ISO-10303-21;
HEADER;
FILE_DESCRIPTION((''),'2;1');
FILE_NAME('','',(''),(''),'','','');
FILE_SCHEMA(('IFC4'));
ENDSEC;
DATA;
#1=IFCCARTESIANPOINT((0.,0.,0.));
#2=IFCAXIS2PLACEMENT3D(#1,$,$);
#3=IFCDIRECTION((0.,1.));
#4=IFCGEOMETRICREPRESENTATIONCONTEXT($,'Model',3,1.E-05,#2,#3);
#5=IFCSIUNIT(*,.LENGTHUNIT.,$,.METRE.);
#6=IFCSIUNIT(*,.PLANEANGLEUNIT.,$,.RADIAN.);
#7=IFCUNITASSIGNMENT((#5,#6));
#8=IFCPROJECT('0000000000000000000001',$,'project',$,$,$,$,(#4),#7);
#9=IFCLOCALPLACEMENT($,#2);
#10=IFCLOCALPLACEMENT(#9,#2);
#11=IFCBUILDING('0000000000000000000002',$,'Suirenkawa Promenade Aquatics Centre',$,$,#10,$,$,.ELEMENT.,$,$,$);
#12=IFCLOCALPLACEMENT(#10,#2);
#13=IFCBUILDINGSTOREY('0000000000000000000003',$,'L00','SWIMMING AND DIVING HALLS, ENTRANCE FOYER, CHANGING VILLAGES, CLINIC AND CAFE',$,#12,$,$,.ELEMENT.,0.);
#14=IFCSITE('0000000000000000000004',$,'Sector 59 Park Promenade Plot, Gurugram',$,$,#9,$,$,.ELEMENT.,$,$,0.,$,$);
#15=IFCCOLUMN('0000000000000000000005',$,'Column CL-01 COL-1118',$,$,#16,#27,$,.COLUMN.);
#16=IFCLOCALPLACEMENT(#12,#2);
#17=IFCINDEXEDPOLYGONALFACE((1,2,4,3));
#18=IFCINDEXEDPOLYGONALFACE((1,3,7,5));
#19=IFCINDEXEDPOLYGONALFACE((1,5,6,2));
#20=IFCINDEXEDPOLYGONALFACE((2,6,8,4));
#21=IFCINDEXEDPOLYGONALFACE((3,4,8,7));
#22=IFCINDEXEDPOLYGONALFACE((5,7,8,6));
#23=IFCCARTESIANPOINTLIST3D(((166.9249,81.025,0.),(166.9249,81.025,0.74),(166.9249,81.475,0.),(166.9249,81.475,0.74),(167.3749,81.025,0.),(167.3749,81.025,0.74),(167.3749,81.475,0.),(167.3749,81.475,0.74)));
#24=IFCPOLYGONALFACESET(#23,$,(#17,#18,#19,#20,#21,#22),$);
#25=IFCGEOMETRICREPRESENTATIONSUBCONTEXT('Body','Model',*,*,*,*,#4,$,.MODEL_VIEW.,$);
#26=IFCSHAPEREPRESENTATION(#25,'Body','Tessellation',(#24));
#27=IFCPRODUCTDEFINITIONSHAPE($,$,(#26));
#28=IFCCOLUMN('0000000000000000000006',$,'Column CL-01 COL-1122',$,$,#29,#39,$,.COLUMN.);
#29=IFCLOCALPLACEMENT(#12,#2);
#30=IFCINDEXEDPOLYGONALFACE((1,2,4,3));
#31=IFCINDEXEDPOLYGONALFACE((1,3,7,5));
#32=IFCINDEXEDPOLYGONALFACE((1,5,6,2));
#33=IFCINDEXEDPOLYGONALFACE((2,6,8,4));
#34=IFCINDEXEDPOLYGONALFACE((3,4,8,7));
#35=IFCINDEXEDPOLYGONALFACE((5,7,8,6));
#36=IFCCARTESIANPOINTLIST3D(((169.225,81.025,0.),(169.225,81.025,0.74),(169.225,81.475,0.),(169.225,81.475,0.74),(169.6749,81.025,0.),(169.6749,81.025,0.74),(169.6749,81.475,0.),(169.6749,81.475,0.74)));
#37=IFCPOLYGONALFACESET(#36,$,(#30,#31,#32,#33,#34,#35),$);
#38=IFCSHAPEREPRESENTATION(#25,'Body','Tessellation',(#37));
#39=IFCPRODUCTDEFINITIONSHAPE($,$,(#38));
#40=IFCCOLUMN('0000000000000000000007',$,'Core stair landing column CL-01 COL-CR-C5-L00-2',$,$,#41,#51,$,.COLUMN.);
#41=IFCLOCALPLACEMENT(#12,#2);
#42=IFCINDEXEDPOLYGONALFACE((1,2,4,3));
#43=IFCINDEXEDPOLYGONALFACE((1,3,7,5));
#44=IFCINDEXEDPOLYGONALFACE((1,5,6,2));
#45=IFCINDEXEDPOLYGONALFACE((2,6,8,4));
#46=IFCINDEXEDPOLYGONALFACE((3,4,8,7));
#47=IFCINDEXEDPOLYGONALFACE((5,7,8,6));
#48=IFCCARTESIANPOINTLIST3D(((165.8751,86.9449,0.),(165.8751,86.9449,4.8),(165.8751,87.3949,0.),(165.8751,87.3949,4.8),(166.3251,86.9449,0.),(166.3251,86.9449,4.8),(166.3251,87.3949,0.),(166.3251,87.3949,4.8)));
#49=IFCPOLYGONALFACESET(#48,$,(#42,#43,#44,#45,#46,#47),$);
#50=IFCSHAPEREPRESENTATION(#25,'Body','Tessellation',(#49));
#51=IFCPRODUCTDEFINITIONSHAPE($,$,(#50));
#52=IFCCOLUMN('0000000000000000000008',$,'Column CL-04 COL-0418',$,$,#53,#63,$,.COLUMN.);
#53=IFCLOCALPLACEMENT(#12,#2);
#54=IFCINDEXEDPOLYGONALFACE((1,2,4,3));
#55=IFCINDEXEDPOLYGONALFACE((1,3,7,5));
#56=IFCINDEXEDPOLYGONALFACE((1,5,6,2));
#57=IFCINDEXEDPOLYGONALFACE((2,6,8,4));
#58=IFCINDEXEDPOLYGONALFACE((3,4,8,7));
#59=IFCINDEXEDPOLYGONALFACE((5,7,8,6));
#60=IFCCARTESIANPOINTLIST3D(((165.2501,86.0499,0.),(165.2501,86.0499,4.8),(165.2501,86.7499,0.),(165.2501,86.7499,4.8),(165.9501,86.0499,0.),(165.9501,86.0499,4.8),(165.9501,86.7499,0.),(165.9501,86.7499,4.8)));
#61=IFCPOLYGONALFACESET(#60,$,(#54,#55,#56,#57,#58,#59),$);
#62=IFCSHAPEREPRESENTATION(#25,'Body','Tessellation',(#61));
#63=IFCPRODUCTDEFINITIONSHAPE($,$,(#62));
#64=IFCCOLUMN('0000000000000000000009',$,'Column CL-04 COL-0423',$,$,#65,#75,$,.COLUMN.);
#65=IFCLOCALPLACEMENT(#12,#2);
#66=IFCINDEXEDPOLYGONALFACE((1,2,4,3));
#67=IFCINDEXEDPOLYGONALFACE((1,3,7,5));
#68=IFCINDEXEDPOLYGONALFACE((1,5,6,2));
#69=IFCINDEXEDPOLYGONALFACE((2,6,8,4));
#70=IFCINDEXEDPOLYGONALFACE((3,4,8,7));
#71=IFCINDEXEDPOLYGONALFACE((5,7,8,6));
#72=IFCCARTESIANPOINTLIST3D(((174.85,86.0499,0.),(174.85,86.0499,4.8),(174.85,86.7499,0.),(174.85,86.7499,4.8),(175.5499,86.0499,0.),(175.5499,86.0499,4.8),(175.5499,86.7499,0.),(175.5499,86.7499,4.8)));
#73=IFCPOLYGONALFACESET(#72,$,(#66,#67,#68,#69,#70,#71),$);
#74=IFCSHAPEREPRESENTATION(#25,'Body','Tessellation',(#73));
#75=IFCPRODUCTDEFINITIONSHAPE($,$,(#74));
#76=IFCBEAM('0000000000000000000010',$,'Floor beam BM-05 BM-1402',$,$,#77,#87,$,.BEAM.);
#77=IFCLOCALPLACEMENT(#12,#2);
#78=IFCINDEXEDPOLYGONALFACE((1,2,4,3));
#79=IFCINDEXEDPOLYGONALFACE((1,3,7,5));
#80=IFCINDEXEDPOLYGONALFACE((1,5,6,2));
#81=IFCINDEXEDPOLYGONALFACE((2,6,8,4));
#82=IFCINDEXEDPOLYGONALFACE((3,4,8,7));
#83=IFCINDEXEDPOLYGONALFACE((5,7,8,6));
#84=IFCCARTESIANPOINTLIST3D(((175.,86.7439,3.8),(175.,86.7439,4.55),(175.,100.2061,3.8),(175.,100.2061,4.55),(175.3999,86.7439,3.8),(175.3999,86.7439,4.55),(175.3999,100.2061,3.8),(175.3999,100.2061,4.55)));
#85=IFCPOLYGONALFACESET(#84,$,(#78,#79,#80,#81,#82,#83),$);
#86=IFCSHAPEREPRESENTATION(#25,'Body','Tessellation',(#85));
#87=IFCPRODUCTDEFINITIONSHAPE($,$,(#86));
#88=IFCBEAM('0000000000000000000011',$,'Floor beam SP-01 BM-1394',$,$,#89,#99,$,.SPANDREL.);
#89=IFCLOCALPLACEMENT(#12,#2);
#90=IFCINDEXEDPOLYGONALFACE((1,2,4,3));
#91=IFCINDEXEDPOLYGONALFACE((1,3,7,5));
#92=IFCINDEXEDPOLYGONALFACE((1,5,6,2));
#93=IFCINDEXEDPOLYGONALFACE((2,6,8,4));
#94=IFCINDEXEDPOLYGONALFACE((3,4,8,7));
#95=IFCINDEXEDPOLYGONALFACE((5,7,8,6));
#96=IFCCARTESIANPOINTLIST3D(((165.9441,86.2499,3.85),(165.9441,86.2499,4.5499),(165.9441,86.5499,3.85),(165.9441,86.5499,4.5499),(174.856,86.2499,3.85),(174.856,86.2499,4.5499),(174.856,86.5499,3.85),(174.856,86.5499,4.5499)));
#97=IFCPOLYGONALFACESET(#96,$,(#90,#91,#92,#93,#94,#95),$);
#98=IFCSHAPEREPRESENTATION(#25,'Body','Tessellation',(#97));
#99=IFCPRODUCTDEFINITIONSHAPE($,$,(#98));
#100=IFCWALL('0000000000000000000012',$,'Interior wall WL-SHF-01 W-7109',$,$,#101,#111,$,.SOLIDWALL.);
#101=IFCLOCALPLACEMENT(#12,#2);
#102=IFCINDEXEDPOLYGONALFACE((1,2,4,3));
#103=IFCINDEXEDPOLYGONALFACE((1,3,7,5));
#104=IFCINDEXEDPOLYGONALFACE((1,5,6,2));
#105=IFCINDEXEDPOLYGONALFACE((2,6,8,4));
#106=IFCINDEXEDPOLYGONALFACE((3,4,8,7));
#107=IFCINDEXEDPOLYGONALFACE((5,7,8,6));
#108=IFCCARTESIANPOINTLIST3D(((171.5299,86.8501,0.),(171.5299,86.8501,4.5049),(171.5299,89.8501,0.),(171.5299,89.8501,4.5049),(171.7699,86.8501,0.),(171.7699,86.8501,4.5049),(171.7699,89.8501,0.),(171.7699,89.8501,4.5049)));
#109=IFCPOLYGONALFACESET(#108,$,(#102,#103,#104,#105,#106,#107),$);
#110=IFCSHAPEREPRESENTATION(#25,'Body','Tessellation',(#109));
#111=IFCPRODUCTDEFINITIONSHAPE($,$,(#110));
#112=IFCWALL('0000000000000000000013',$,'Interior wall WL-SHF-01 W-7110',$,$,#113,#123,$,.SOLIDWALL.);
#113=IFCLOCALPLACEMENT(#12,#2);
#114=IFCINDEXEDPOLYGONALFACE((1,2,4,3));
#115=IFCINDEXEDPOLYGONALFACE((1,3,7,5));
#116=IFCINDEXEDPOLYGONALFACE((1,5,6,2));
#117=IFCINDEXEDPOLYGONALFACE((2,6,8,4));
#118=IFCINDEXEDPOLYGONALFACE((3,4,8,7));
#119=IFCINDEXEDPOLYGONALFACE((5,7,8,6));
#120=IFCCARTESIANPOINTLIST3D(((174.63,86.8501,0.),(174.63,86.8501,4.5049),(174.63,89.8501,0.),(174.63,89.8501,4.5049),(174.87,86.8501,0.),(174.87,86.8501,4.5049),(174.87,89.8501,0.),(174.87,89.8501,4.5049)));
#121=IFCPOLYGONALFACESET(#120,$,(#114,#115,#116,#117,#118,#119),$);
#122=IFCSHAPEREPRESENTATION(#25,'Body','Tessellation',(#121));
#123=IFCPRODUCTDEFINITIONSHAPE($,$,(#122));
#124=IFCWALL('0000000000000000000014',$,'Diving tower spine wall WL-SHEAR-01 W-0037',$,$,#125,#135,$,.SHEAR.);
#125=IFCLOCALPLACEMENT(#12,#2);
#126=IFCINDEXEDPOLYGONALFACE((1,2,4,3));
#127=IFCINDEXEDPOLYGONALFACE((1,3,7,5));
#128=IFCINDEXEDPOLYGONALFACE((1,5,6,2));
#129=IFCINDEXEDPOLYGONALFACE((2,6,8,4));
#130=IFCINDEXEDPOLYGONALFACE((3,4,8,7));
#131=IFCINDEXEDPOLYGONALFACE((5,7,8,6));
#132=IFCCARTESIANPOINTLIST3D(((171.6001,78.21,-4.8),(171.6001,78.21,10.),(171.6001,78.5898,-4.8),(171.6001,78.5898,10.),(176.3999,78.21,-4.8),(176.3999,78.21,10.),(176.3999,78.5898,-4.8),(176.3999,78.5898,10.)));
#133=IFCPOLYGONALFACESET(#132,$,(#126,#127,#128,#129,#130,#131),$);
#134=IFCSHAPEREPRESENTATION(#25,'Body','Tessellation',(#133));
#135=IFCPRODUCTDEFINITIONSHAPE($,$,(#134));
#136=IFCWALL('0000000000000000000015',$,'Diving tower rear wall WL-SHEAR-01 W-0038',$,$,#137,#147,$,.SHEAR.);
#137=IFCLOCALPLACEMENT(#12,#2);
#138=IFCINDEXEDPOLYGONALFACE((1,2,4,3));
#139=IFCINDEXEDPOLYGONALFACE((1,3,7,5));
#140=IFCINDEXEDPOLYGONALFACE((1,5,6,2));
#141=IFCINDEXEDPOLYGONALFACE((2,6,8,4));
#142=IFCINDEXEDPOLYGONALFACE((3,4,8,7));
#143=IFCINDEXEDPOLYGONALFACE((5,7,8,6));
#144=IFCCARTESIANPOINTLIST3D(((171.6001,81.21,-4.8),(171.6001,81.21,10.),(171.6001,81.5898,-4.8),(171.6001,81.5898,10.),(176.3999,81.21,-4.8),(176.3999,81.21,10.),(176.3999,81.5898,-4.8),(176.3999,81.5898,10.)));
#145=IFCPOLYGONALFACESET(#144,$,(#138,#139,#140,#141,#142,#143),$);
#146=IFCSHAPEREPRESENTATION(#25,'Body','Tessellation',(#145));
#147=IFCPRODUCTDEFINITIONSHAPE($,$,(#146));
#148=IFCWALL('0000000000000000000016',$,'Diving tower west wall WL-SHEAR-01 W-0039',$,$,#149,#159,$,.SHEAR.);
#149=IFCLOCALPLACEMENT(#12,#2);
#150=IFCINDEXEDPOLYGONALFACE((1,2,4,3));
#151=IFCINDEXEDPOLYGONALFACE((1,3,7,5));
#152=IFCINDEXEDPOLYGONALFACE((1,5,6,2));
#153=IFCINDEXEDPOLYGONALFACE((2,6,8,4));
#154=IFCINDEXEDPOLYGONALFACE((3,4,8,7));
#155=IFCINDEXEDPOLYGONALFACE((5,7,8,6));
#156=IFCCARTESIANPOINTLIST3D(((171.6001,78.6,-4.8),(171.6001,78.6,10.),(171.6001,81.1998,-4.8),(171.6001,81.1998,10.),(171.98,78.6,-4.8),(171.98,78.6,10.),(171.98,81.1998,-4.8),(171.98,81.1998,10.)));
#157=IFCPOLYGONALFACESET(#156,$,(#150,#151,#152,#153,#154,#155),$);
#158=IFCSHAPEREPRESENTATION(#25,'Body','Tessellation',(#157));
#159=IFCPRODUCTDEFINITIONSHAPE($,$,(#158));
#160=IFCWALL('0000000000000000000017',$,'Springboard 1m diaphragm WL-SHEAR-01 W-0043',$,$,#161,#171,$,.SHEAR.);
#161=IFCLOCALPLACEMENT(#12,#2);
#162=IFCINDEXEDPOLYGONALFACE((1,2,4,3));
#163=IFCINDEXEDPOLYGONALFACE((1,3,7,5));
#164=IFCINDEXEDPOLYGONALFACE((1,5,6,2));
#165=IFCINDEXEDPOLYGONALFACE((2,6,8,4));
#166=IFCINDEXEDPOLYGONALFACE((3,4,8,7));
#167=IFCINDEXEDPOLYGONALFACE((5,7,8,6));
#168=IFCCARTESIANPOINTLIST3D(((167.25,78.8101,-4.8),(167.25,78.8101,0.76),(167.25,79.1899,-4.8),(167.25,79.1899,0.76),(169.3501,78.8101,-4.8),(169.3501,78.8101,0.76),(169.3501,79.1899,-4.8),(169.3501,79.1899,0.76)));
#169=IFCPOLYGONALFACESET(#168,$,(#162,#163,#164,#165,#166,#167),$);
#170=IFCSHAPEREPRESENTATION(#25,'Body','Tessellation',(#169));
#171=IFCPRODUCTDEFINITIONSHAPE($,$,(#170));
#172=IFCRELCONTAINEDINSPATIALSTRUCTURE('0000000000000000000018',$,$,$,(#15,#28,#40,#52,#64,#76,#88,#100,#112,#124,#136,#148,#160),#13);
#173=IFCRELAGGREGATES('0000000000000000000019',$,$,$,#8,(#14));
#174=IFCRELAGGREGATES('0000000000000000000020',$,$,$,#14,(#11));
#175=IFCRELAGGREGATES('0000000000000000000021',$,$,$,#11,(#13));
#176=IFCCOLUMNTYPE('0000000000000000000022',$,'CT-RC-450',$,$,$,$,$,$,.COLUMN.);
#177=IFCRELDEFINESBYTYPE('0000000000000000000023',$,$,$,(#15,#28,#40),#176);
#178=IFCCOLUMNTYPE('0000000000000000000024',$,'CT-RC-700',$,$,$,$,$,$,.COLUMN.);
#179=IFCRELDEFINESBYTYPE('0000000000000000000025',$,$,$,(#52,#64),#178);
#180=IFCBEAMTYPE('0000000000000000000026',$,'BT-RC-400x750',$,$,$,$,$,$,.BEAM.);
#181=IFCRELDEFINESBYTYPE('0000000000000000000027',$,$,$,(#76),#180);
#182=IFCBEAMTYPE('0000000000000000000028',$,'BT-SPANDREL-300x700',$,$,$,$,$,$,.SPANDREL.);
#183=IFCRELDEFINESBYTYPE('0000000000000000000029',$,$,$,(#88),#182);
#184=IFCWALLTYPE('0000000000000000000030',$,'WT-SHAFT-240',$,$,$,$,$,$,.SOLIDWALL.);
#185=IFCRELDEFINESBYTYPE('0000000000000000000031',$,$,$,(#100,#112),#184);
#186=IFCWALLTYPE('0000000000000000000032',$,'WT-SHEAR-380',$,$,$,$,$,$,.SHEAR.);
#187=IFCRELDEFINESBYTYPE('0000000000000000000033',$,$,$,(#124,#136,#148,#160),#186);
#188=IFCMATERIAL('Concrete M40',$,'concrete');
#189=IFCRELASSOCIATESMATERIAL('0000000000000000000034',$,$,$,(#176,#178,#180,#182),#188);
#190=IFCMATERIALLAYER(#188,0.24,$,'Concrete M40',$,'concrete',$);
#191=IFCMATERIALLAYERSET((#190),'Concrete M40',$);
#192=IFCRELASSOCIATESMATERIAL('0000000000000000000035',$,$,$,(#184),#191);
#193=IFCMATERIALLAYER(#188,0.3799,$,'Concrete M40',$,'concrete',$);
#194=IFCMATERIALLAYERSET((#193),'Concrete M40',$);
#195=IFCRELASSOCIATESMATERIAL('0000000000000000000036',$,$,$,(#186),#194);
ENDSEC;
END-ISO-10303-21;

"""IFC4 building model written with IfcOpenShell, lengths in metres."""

from ifc_helpers import new_model, si_unit, direction, frame, frame_2d, origin, origin_2d, place, context, subcontext, project, spatial, rectangle, extrude, material, layer, layer_set, material_profile, profile_set, type_object, element, save


model = new_model("IFC4")

# Units and contexts
model_context = context("Model", 3, precision=1e-05, world=origin(), true_north=direction((0.0, 1.0)))
body_context = subcontext(model_context, "Body", "Model", "MODEL_VIEW")
ifc_project = project(units=[si_unit("LENGTHUNIT", "METRE"), si_unit("PLANEANGLEUNIT", "RADIAN")], contexts=[model_context])

# Site, building, storey
site_placement = place(None, origin())
site = spatial("IfcSite", under=ifc_project, at=site_placement, Name="Sector 59 Park Promenade Plot, Gurugram", CompositionType="ELEMENT", RefElevation=0.0)
building_placement = place(site_placement, origin())
building = spatial("IfcBuilding", under=site, at=building_placement, Name="Suirenkawa Promenade Aquatics Centre", CompositionType="ELEMENT")
storey_placement = place(building_placement, origin())
storey = spatial("IfcBuildingStorey", under=building, at=storey_placement, Name="L00", Description="SWIMMING AND DIVING HALLS, ENTRANCE FOYER, CHANGING VILLAGES, CLINIC AND CAFE", CompositionType="ELEMENT", Elevation=0.0)

# Columns
ifc_material_1 = material(Name="Concrete M40", Category="concrete")
ifc_material_profile_1 = material_profile(ifc_material_1, rectangle(XDim=0.45, YDim=0.45, at=origin_2d()), Name="RC COL 450x450", Category="concrete")
ifc_profile_set_1 = profile_set([ifc_material_profile_1], Name="Concrete M40")
column_type_1 = type_object("IfcColumnType", Name="CT-RC-450", PredefinedType="COLUMN", material=ifc_profile_set_1)
for number, where, z_axis, x_axis, name in (
    (1, (167.1499, 81.25, 0.0), (0.0, 0.0, 1.0), (1.0, 0.0, 0.0), "Column CL-01 COL-1118"),
    (2, (169.45, 81.25, 0.0), (0.0, 0.0, 1.0), (1.0, 0.0, 0.0), "Column CL-01 COL-1122"),
):
    element("IfcColumn", number, at=place(storey_placement, frame(where, z_axis=z_axis, x_axis=x_axis)), inside=storey, type_object=column_type_1, Name=name, PredefinedType="COLUMN", context=body_context, shape_type="SweptSolid", body=[
        extrude(rectangle(XDim=0.45, YDim=0.45, at=origin_2d()), origin(), (0.0, 0.0, 1.0), 0.74),
    ])
column_placement = place(storey_placement, frame((166.1001, 87.1699, 0.0), z_axis=(0.0, 0.0, 1.0), x_axis=(1.0, 0.0, 0.0)))
element("IfcColumn", 3, at=column_placement, inside=storey, type_object=column_type_1, Name="Core stair landing column CL-01 COL-CR-C5-L00-2", PredefinedType="COLUMN", context=body_context, shape_type="SweptSolid", body=[
    extrude(rectangle(XDim=0.45, YDim=0.45, at=origin_2d()), origin(), (0.0, 0.0, 1.0), 4.8),
])
ifc_material_profile_2 = material_profile(ifc_material_1, rectangle(XDim=0.7, YDim=0.7, at=origin_2d()), Name="RC COL 700x700", Category="concrete")
ifc_profile_set_2 = profile_set([ifc_material_profile_2], Name="Concrete M40")
column_type_2 = type_object("IfcColumnType", Name="CT-RC-700", PredefinedType="COLUMN", material=ifc_profile_set_2)
for number, where, z_axis, x_axis, name in (
    (4, (165.6001, 86.3999, 0.0), (0.0, 0.0, 1.0), (1.0, 0.0, 0.0), "Column CL-04 COL-0418"),
    (5, (175.2, 86.3999, 0.0), (0.0, 0.0, 1.0), (1.0, 0.0, 0.0), "Column CL-04 COL-0423"),
):
    element("IfcColumn", number, at=place(storey_placement, frame(where, z_axis=z_axis, x_axis=x_axis)), inside=storey, type_object=column_type_2, Name=name, PredefinedType="COLUMN", context=body_context, shape_type="SweptSolid", body=[
        extrude(rectangle(XDim=0.7, YDim=0.7, at=origin_2d()), origin(), (0.0, 0.0, 1.0), 4.8),
    ])

# Beams
ifc_material_profile_3 = material_profile(ifc_material_1, rectangle(XDim=0.3999, YDim=0.75, at=origin_2d()), Name="RC BM 400x750", Category="concrete")
ifc_profile_set_3 = profile_set([ifc_material_profile_3], Name="Concrete M40")
beam_type_1 = type_object("IfcBeamType", Name="BT-RC-400x750", PredefinedType="BEAM", material=ifc_profile_set_3)
beam_1_placement = place(storey_placement, frame((175.2, 86.7439, 4.175), z_axis=(0.0, 1.0, 0.0), x_axis=(-1.0, 0.0, 0.0)))
element("IfcBeam", 6, at=beam_1_placement, inside=storey, type_object=beam_type_1, Name="Floor beam BM-05 BM-1402", PredefinedType="BEAM", context=body_context, shape_type="SweptSolid", body=[
    extrude(rectangle(XDim=0.3999, YDim=0.75, at=origin_2d()), origin(), (0.0, 0.0, 1.0), 13.4622),
])
ifc_material_profile_4 = material_profile(ifc_material_1, rectangle(XDim=0.3, YDim=0.7, at=origin_2d()), Name="RC SPANDREL 300x700", Category="concrete")
ifc_profile_set_4 = profile_set([ifc_material_profile_4], Name="Concrete M40")
beam_type_2 = type_object("IfcBeamType", Name="BT-SPANDREL-300x700", PredefinedType="SPANDREL", material=ifc_profile_set_4)
beam_2_placement = place(storey_placement, frame((165.9441, 86.3999, 4.2), z_axis=(1.0, 0.0, 0.0), x_axis=(0.0, 1.0, 0.0)))
element("IfcBeam", 7, at=beam_2_placement, inside=storey, type_object=beam_type_2, Name="Floor beam SP-01 BM-1394", PredefinedType="SPANDREL", context=body_context, shape_type="SweptSolid", body=[
    extrude(rectangle(XDim=0.3, YDim=0.7, at=origin_2d()), origin(), (0.0, 0.0, 1.0), 8.9119),
])

# Walls
ifc_layer_1 = layer(ifc_material_1, 0.24, Name="Concrete M40", Category="concrete")
ifc_layer_set_1 = layer_set([ifc_layer_1], Name="Concrete M40")
wall_type_1 = type_object("IfcWallType", Name="WT-SHAFT-240", PredefinedType="SOLIDWALL", material=ifc_layer_set_1)
for number, where, z_axis, x_axis, name in (
    (8, (171.6499, 86.8501, 0.0), (0.0, 0.0, 1.0), (0.0, 1.0, 0.0), "Interior wall WL-SHF-01 W-7109"),
    (9, (174.75, 86.8501, 0.0), (0.0, 0.0, 1.0), (0.0, 1.0, 0.0), "Interior wall WL-SHF-01 W-7110"),
):
    element("IfcWall", number, at=place(storey_placement, frame(where, z_axis=z_axis, x_axis=x_axis)), inside=storey, type_object=wall_type_1, Name=name, PredefinedType="SOLIDWALL", context=body_context, shape_type="SweptSolid", body=[
        extrude(rectangle(XDim=3.0, YDim=0.24, at=frame_2d((1.5, 0.0))), origin(), (0.0, 0.0, 1.0), 4.5049),
    ])
ifc_layer_2 = layer(ifc_material_1, 0.3799, Name="Concrete M40", Category="concrete")
ifc_layer_set_2 = layer_set([ifc_layer_2], Name="Concrete M40")
wall_type_2 = type_object("IfcWallType", Name="WT-SHEAR-380", PredefinedType="SHEAR", material=ifc_layer_set_2)
for number, where, z_axis, x_axis, name in (
    (10, (171.6001, 78.3999, -4.8), (0.0, 0.0, 1.0), (1.0, 0.0, 0.0), "Diving tower spine wall WL-SHEAR-01 W-0037"),
    (11, (171.6001, 81.3999, -4.8), (0.0, 0.0, 1.0), (1.0, 0.0, 0.0), "Diving tower rear wall WL-SHEAR-01 W-0038"),
):
    element("IfcWall", number, at=place(storey_placement, frame(where, z_axis=z_axis, x_axis=x_axis)), inside=storey, type_object=wall_type_2, Name=name, PredefinedType="SHEAR", context=body_context, shape_type="SweptSolid", body=[
        extrude(rectangle(XDim=4.7998, YDim=0.3799, at=frame_2d((2.3999, 0.0))), origin(), (0.0, 0.0, 1.0), 14.8),
    ])
wall_1_placement = place(storey_placement, frame((171.79, 78.6001, -4.8), z_axis=(0.0, 0.0, 1.0), x_axis=(0.0, 1.0, 0.0)))
element("IfcWall", 12, at=wall_1_placement, inside=storey, type_object=wall_type_2, Name="Diving tower west wall WL-SHEAR-01 W-0039", PredefinedType="SHEAR", context=body_context, shape_type="SweptSolid", body=[
    extrude(rectangle(XDim=2.5999, YDim=0.3799, at=frame_2d((1.2998, 0.0))), origin(), (0.0, 0.0, 1.0), 14.8),
])
wall_2_placement = place(storey_placement, frame((167.25, 79.0, -4.8), z_axis=(0.0, 0.0, 1.0), x_axis=(1.0, 0.0, 0.0)))
element("IfcWall", 13, at=wall_2_placement, inside=storey, type_object=wall_type_2, Name="Springboard 1m diaphragm WL-SHEAR-01 W-0043", PredefinedType="SHEAR", context=body_context, shape_type="SweptSolid", body=[
    extrude(rectangle(XDim=2.1001, YDim=0.3799, at=frame_2d((1.05, 0.0))), origin(), (0.0, 0.0, 1.0), 5.5601),
])

save(model, "model.ifc")
